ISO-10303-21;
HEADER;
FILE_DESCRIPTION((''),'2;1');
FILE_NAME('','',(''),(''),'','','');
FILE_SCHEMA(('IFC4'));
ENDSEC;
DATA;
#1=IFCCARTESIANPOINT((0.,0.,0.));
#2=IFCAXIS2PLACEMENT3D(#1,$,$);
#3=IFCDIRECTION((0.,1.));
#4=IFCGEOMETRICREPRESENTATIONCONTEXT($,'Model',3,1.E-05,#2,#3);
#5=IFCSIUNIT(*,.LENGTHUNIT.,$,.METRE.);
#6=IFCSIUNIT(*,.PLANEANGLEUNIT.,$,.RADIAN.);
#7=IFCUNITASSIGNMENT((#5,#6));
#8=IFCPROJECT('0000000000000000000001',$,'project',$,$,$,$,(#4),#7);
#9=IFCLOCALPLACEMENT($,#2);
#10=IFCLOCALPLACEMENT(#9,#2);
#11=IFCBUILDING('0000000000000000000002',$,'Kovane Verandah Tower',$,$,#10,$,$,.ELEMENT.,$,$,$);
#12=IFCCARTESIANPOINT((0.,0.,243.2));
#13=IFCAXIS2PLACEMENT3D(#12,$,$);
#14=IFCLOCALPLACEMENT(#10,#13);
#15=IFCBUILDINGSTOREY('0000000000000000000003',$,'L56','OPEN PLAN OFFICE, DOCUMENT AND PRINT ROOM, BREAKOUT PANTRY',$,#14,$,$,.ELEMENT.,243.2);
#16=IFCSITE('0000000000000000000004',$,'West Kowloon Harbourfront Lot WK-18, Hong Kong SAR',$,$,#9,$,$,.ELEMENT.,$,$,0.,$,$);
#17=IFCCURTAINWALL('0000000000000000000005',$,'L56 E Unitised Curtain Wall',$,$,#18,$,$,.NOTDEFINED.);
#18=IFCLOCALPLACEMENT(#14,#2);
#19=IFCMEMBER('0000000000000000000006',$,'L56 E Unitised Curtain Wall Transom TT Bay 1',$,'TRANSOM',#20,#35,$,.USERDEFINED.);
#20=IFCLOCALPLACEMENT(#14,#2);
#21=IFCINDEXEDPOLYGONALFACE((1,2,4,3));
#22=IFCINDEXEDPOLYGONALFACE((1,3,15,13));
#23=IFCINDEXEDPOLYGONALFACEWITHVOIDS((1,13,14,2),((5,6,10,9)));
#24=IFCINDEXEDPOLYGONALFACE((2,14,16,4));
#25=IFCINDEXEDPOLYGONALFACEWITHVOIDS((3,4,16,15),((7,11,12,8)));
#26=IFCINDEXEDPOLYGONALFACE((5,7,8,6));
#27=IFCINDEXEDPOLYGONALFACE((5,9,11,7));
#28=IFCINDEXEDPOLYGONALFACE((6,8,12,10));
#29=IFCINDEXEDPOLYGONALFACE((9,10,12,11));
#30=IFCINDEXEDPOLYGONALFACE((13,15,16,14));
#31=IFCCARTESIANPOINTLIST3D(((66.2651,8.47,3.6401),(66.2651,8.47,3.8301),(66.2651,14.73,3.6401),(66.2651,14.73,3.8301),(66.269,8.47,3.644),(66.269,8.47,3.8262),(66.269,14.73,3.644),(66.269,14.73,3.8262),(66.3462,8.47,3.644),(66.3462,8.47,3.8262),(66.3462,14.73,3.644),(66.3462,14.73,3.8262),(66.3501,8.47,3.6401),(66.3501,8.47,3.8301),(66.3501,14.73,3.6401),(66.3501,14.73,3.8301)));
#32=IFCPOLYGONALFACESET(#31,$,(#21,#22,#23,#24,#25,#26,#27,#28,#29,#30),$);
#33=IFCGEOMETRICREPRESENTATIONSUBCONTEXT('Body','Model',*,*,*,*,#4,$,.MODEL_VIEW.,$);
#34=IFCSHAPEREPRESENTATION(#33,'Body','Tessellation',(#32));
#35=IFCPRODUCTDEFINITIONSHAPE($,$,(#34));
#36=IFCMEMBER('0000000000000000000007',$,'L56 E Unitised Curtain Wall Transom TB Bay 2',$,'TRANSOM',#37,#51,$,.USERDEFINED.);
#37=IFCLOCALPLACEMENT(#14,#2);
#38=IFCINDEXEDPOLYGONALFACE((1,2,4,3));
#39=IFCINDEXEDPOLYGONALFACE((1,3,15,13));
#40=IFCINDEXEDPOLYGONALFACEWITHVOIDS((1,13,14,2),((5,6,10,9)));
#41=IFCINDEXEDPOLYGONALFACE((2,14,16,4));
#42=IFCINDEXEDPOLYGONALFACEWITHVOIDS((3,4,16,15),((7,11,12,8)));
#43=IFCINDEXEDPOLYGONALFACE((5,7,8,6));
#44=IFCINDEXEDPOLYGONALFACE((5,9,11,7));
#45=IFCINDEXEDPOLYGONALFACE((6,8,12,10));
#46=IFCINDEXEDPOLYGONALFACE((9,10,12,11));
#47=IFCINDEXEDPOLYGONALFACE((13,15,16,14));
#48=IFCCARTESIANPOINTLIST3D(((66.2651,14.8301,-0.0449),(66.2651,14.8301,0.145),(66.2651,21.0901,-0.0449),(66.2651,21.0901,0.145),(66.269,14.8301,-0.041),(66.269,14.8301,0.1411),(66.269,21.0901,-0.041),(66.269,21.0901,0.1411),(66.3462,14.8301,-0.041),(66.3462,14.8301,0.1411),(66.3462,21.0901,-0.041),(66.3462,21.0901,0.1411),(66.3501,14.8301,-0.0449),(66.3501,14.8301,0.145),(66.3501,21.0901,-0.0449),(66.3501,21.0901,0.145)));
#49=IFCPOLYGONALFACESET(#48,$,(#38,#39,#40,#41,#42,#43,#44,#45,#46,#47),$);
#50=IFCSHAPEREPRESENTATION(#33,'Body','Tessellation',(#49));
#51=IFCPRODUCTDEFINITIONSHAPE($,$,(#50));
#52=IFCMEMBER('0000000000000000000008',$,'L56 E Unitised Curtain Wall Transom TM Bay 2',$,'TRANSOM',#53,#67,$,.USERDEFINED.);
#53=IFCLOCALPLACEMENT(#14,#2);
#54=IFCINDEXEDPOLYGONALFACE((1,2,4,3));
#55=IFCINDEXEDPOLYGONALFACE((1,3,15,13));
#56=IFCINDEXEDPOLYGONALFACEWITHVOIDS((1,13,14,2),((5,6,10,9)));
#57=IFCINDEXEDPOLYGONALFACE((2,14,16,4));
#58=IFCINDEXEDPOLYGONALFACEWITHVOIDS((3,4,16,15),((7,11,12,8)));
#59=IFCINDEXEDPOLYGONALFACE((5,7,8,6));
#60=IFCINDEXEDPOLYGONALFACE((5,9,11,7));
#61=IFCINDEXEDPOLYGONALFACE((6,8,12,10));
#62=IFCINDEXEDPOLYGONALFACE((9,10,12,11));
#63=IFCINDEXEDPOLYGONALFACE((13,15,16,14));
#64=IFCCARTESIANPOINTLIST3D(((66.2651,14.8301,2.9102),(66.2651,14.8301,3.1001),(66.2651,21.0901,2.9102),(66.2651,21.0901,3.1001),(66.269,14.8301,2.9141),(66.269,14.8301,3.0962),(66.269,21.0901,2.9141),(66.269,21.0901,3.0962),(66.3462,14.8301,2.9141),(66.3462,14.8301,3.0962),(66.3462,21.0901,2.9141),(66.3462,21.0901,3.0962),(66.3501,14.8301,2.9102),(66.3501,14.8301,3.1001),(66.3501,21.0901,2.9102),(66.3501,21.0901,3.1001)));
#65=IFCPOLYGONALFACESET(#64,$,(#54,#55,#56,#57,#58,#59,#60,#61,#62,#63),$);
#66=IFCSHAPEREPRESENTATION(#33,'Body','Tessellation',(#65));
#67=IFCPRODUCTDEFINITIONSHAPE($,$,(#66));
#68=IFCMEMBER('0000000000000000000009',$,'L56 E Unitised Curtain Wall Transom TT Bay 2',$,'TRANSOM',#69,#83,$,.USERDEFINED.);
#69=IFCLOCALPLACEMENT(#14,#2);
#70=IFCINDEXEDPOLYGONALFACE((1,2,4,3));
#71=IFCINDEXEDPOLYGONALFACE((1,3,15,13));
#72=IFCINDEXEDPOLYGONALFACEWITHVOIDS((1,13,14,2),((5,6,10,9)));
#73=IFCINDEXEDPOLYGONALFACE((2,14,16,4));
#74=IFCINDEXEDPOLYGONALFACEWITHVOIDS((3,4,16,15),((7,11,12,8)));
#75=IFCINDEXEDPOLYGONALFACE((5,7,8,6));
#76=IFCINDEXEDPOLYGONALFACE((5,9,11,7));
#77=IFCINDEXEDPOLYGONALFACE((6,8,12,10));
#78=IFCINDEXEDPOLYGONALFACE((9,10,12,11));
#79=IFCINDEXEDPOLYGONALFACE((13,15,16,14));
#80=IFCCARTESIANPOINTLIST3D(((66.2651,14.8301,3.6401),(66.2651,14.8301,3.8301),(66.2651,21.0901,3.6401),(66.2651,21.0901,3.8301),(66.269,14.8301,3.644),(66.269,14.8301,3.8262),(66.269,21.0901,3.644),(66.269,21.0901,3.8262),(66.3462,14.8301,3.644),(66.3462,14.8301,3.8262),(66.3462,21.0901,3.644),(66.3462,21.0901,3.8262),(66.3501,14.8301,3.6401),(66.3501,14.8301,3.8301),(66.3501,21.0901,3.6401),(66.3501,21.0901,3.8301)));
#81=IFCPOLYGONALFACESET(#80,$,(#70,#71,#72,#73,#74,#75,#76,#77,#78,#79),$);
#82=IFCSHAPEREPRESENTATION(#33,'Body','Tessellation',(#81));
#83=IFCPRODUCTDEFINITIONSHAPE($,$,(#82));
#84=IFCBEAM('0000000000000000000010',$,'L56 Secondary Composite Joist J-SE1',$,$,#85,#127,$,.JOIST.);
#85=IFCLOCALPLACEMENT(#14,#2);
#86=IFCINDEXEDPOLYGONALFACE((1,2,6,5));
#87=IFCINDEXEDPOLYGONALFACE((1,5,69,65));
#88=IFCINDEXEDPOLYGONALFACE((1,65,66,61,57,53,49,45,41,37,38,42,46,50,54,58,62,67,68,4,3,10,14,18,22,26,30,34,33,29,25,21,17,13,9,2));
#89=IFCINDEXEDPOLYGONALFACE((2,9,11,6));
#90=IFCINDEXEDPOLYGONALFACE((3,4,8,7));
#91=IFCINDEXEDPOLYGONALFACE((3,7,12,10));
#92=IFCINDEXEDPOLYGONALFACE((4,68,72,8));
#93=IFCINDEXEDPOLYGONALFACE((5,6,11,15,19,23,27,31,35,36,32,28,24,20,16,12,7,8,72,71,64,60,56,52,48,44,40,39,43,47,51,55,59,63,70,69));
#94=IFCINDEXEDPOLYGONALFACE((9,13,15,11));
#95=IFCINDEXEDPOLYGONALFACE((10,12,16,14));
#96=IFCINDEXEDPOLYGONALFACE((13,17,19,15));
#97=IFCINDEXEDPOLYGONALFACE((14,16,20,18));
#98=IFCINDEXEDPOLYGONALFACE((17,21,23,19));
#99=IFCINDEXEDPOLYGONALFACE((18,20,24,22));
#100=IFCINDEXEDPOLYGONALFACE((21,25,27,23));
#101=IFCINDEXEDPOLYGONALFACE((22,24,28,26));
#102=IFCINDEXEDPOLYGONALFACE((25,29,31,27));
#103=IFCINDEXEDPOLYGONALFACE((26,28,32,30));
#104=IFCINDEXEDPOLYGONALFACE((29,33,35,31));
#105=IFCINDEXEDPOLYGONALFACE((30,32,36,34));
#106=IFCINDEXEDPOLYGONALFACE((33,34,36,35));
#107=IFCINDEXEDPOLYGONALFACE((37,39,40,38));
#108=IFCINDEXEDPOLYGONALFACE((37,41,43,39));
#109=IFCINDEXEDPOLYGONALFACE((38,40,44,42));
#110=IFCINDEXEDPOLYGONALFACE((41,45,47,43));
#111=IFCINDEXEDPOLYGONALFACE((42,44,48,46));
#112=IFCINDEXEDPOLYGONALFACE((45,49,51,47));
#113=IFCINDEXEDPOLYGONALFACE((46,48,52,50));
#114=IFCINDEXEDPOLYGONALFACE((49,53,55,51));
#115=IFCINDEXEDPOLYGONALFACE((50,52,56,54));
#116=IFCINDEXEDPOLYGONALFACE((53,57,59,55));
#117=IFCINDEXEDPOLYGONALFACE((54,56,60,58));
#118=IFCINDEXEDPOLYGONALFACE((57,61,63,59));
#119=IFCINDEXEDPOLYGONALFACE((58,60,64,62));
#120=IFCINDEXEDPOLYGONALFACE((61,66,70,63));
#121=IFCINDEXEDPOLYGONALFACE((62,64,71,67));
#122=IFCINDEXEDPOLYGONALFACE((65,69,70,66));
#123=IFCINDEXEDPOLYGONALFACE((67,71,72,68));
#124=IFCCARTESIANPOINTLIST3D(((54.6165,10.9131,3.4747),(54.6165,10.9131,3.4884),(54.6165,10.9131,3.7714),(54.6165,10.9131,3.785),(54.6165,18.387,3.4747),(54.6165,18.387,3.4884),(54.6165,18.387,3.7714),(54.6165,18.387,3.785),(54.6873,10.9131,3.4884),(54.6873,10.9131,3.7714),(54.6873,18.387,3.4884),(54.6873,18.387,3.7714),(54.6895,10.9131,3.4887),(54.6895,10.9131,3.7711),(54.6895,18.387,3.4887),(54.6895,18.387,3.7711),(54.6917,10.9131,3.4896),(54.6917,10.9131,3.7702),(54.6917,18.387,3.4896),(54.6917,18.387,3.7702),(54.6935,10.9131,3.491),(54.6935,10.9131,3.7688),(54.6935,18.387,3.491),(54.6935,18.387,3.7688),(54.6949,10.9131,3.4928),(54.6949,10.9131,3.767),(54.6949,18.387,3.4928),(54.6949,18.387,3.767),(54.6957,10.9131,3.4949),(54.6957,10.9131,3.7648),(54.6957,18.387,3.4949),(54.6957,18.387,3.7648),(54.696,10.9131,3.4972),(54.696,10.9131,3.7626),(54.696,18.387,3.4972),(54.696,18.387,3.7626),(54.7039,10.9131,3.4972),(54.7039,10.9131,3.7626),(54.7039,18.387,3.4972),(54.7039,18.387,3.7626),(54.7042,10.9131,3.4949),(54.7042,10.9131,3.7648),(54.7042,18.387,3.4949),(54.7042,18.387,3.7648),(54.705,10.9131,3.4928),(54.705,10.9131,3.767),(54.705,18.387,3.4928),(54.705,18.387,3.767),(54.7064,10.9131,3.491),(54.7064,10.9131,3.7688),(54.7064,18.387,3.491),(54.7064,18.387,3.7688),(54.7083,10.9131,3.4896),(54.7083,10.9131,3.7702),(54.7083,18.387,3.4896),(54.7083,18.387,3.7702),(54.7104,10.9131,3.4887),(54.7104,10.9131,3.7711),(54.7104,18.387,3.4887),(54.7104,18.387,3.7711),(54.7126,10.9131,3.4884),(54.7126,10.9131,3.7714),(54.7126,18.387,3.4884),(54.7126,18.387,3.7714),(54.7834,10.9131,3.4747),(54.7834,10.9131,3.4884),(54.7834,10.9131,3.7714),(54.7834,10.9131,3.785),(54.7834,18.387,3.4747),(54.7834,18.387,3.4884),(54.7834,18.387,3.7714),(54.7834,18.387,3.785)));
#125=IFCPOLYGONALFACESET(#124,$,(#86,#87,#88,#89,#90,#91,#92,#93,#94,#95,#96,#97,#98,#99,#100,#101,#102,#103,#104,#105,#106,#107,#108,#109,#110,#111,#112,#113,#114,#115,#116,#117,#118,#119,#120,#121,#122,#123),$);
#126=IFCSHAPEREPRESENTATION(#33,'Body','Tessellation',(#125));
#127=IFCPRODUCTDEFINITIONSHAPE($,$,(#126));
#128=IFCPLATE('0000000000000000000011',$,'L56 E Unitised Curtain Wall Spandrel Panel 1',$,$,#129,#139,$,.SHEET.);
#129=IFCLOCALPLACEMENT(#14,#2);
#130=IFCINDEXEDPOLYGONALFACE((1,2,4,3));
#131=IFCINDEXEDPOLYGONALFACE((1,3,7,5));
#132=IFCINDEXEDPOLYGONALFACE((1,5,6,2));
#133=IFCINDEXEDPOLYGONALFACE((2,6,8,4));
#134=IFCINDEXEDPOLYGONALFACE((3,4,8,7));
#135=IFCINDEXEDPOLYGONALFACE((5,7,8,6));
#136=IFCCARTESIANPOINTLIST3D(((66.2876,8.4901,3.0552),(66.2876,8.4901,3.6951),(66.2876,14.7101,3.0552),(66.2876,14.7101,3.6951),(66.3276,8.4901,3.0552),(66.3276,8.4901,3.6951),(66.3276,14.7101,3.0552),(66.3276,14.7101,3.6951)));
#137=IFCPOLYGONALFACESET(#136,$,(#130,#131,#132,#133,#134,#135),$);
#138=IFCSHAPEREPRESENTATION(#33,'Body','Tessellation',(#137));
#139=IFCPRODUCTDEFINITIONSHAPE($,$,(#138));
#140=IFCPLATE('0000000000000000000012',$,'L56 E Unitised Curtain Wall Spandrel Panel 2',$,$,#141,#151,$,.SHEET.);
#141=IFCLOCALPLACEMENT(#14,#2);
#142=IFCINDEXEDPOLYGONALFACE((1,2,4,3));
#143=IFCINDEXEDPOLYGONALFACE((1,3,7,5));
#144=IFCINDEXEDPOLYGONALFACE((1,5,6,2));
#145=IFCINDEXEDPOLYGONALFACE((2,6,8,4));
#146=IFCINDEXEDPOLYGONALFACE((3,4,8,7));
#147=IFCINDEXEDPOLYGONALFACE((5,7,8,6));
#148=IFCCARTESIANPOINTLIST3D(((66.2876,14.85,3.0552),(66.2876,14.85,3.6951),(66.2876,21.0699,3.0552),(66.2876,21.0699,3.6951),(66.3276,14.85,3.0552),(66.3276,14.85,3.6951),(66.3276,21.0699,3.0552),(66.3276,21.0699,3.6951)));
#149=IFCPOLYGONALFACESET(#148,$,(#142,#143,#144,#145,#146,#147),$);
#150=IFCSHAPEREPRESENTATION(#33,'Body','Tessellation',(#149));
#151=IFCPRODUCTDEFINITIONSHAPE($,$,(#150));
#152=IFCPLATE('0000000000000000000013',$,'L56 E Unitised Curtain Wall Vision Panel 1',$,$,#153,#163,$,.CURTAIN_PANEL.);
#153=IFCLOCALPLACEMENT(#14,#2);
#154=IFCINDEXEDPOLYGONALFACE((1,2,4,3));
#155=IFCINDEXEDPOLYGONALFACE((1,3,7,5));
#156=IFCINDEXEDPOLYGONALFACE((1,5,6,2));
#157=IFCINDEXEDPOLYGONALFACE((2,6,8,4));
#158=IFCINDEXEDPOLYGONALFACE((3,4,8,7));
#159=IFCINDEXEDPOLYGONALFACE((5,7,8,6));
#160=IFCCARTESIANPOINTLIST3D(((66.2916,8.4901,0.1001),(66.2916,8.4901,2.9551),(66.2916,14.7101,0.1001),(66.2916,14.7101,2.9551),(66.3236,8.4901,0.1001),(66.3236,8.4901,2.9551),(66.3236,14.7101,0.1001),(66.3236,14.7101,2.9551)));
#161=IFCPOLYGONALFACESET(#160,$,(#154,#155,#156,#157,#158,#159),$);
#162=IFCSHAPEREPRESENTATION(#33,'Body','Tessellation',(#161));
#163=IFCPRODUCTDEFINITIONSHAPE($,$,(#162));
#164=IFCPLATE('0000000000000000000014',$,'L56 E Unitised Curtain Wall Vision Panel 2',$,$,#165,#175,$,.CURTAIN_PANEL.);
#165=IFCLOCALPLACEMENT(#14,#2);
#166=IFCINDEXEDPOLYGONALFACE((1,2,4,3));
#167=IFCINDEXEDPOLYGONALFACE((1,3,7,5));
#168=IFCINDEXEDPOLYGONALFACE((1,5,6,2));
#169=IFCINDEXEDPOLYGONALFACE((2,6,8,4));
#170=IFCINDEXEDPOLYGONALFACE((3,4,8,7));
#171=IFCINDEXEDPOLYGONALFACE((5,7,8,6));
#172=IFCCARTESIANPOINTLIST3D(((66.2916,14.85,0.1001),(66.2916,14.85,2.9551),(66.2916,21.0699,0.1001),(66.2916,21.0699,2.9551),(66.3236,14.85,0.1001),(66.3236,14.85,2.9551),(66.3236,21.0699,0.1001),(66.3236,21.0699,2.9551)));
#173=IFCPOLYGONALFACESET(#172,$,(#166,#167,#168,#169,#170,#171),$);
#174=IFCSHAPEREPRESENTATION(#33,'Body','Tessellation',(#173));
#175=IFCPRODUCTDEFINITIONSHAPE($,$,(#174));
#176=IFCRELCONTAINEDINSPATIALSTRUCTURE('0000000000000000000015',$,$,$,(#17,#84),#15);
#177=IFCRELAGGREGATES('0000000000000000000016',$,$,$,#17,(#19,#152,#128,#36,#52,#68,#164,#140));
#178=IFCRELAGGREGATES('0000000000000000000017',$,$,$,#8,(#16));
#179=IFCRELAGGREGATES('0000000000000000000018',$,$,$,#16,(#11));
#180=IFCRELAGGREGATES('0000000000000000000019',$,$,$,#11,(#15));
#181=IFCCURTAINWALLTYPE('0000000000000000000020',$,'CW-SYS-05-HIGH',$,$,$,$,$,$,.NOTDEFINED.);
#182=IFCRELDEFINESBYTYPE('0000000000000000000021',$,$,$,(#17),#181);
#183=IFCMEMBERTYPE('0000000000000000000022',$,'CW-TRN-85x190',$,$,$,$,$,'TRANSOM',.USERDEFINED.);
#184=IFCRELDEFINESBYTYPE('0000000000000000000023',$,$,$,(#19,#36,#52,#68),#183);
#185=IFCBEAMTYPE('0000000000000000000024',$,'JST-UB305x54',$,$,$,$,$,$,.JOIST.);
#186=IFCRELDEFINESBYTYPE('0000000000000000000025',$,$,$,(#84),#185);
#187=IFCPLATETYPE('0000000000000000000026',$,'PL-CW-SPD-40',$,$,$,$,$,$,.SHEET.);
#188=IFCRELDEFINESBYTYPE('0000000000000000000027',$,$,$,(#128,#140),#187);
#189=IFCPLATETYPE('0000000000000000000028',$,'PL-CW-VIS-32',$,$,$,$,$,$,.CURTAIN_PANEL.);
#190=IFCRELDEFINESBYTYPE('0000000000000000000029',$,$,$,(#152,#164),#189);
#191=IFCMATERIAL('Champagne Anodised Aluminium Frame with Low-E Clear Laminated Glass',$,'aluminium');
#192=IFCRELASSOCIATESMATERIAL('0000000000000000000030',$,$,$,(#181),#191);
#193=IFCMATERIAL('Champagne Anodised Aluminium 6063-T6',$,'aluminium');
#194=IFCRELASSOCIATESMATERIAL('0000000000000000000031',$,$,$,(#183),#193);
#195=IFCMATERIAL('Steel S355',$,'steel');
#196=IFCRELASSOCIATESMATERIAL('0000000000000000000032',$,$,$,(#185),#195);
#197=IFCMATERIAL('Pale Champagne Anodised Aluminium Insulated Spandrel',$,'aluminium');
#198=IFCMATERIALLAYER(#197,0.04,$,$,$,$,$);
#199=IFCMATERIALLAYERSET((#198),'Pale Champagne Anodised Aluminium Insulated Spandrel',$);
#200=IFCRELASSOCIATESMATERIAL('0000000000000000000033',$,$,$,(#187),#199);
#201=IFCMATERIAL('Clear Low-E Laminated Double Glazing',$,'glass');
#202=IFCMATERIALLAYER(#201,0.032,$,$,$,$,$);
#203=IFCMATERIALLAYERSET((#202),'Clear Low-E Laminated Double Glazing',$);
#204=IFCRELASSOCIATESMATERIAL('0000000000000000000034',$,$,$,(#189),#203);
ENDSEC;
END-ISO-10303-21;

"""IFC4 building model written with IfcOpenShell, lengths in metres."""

from ifc_helpers import new_model, si_unit, direction, frame, origin, origin_2d, place, context, subcontext, project, spatial, rectangle, hollow_rectangle, i_section, extrude, material, layer, layer_set, material_profile, profile_set, type_object, element, aggregate, save


model = new_model("IFC4")

# Units and contexts
model_context = context("Model", 3, precision=1e-05, world=origin(), true_north=direction((0.0, 1.0)))
body_context = subcontext(model_context, "Body", "Model", "MODEL_VIEW")
ifc_project = project(units=[si_unit("LENGTHUNIT", "METRE"), si_unit("PLANEANGLEUNIT", "RADIAN")], contexts=[model_context])

# Site, building, storey
site_placement = place(None, origin())
site = spatial("IfcSite", under=ifc_project, at=site_placement, Name="West Kowloon Harbourfront Lot WK-18, Hong Kong SAR", CompositionType="ELEMENT", RefElevation=0.0)
building_placement = place(site_placement, origin())
building = spatial("IfcBuilding", under=site, at=building_placement, Name="Kovane Verandah Tower", CompositionType="ELEMENT")
storey_placement = place(building_placement, frame((0.0, 0.0, 243.2)))
storey = spatial("IfcBuildingStorey", under=building, at=storey_placement, Name="L56", Description="OPEN PLAN OFFICE, DOCUMENT AND PRINT ROOM, BREAKOUT PANTRY", CompositionType="ELEMENT", Elevation=243.2)

# Shared definitions
ifc_material_1 = material(Name="Steel S355", Category="steel")

# Curtain wall, members
ifc_material_2 = material(Name="Champagne Anodised Aluminium Frame with Low-E Clear Laminated Glass", Category="aluminium")
curtain_wall_type = type_object("IfcCurtainWallType", Name="CW-SYS-05-HIGH", PredefinedType="NOTDEFINED", material=ifc_material_2)
curtain_wall_placement = place(storey_placement, origin())
curtain_wall = element("IfcCurtainWall", 1, at=curtain_wall_placement, inside=storey, type_object=curtain_wall_type, Name="L56 E Unitised Curtain Wall", PredefinedType="NOTDEFINED")
ifc_material_3 = material(Name="Champagne Anodised Aluminium 6063-T6", Category="aluminium")
ifc_material_profile_1 = material_profile(ifc_material_3, hollow_rectangle(XDim=0.085, YDim=0.1899, WallThickness=0.0039, at=origin_2d()), Name="AL85x190x4")
ifc_profile_set_1 = profile_set([ifc_material_profile_1], Name="Champagne Anodised Aluminium 6063-T6")
member_type_1 = type_object("IfcMemberType", Name="CW-TRN-85x190", ElementType="TRANSOM", PredefinedType="USERDEFINED", material=ifc_profile_set_1)
member_1_placement = place(storey_placement, frame((66.3076, 8.47, 3.7351), z_axis=(0.0, 1.0, 0.0), x_axis=(-1.0, 0.0, 0.0)))
member_1 = element("IfcMember", 2, at=member_1_placement, type_object=member_type_1, Name="L56 E Unitised Curtain Wall Transom TT Bay 1", ObjectType="TRANSOM", PredefinedType="USERDEFINED", context=body_context, shape_type="SweptSolid", body=[
    extrude(hollow_rectangle(XDim=0.085, YDim=0.1899, WallThickness=0.0039, at=origin_2d()), origin(), (0.0, 0.0, 1.0), 6.26),
])
member_2_placement = place(storey_placement, frame((66.3076, 14.8301, 0.05), z_axis=(0.0, 1.0, 0.0), x_axis=(-1.0, 0.0, 0.0)))
member_2 = element("IfcMember", 3, at=member_2_placement, type_object=member_type_1, Name="L56 E Unitised Curtain Wall Transom TB Bay 2", ObjectType="TRANSOM", PredefinedType="USERDEFINED", context=body_context, shape_type="SweptSolid", body=[
    extrude(hollow_rectangle(XDim=0.085, YDim=0.1899, WallThickness=0.0039, at=origin_2d()), origin(), (0.0, 0.0, 1.0), 6.26),
])
member_3_placement = place(storey_placement, frame((66.3076, 14.8301, 3.0051), z_axis=(0.0, 1.0, 0.0), x_axis=(-1.0, 0.0, 0.0)))
member_3 = element("IfcMember", 4, at=member_3_placement, type_object=member_type_1, Name="L56 E Unitised Curtain Wall Transom TM Bay 2", ObjectType="TRANSOM", PredefinedType="USERDEFINED", context=body_context, shape_type="SweptSolid", body=[
    extrude(hollow_rectangle(XDim=0.085, YDim=0.1899, WallThickness=0.0039, at=origin_2d()), origin(), (0.0, 0.0, 1.0), 6.26),
])
member_4_placement = place(storey_placement, frame((66.3076, 14.8301, 3.7351), z_axis=(0.0, 1.0, 0.0), x_axis=(-1.0, 0.0, 0.0)))
member_4 = element("IfcMember", 5, at=member_4_placement, type_object=member_type_1, Name="L56 E Unitised Curtain Wall Transom TT Bay 2", ObjectType="TRANSOM", PredefinedType="USERDEFINED", context=body_context, shape_type="SweptSolid", body=[
    extrude(hollow_rectangle(XDim=0.085, YDim=0.1899, WallThickness=0.0039, at=origin_2d()), origin(), (0.0, 0.0, 1.0), 6.26),
])

# Beam
ifc_material_profile_2 = material_profile(ifc_material_1, i_section(OverallWidth=0.167, OverallDepth=0.3103, WebThickness=0.0078, FlangeThickness=0.0137, FilletRadius=0.0088, at=origin_2d()), Name="UB305x165x54")
ifc_profile_set_2 = profile_set([ifc_material_profile_2], Name="Steel S355")
beam_type_1 = type_object("IfcBeamType", Name="JST-UB305x54", PredefinedType="JOIST", material=ifc_profile_set_2)
beam_1_placement = place(storey_placement, frame((54.7, 10.9131, 3.6299), z_axis=(0.0, 1.0, 0.0), x_axis=(-1.0, 0.0, 0.0)))
element("IfcBeam", 6, at=beam_1_placement, inside=storey, type_object=beam_type_1, Name="L56 Secondary Composite Joist J-SE1", PredefinedType="JOIST", context=body_context, shape_type="SweptSolid", body=[
    extrude(i_section(OverallWidth=0.167, OverallDepth=0.3103, WebThickness=0.0078, FlangeThickness=0.0137, FilletRadius=0.0088, at=origin_2d()), origin(), (0.0, 0.0, 1.0), 7.4739),
])

# Plates
ifc_material_4 = material(Name="Pale Champagne Anodised Aluminium Insulated Spandrel", Category="aluminium")
ifc_layer_1 = layer(ifc_material_4, 0.04)
ifc_layer_set_1 = layer_set([ifc_layer_1], Name="Pale Champagne Anodised Aluminium Insulated Spandrel")
plate_type_1 = type_object("IfcPlateType", Name="PL-CW-SPD-40", PredefinedType="SHEET", material=ifc_layer_set_1)
plate_1_placement = place(storey_placement, frame((66.3076, 11.6001, 3.0552), z_axis=(0.0, 0.0, 1.0), x_axis=(0.0, 1.0, 0.0)))
plate_1 = element("IfcPlate", 7, at=plate_1_placement, type_object=plate_type_1, Name="L56 E Unitised Curtain Wall Spandrel Panel 1", PredefinedType="SHEET", context=body_context, shape_type="SweptSolid", body=[
    extrude(rectangle(XDim=6.22, YDim=0.04, at=origin_2d()), origin(), (0.0, 0.0, 1.0), 0.6399),
])
plate_2_placement = place(storey_placement, frame((66.3076, 17.96, 3.0552), z_axis=(0.0, 0.0, 1.0), x_axis=(0.0, 1.0, 0.0)))
plate_2 = element("IfcPlate", 8, at=plate_2_placement, type_object=plate_type_1, Name="L56 E Unitised Curtain Wall Spandrel Panel 2", PredefinedType="SHEET", context=body_context, shape_type="SweptSolid", body=[
    extrude(rectangle(XDim=6.22, YDim=0.04, at=origin_2d()), origin(), (0.0, 0.0, 1.0), 0.6399),
])
ifc_material_5 = material(Name="Clear Low-E Laminated Double Glazing", Category="glass")
ifc_layer_2 = layer(ifc_material_5, 0.032)
ifc_layer_set_2 = layer_set([ifc_layer_2], Name="Clear Low-E Laminated Double Glazing")
plate_type_2 = type_object("IfcPlateType", Name="PL-CW-VIS-32", PredefinedType="CURTAIN_PANEL", material=ifc_layer_set_2)
plate_3_placement = place(storey_placement, frame((66.3076, 11.6001, 0.1001), z_axis=(0.0, 0.0, 1.0), x_axis=(0.0, 1.0, 0.0)))
plate_3 = element("IfcPlate", 9, at=plate_3_placement, type_object=plate_type_2, Name="L56 E Unitised Curtain Wall Vision Panel 1", PredefinedType="CURTAIN_PANEL", context=body_context, shape_type="SweptSolid", body=[
    extrude(rectangle(XDim=6.22, YDim=0.032, at=origin_2d()), origin(), (0.0, 0.0, 1.0), 2.855),
])
plate_4_placement = place(storey_placement, frame((66.3076, 17.96, 0.1001), z_axis=(0.0, 0.0, 1.0), x_axis=(0.0, 1.0, 0.0)))
plate_4 = element("IfcPlate", 10, at=plate_4_placement, type_object=plate_type_2, Name="L56 E Unitised Curtain Wall Vision Panel 2", PredefinedType="CURTAIN_PANEL", context=body_context, shape_type="SweptSolid", body=[
    extrude(rectangle(XDim=6.22, YDim=0.032, at=origin_2d()), origin(), (0.0, 0.0, 1.0), 2.855),
])
aggregate(curtain_wall, [member_1, plate_3, plate_1, member_2, member_3, member_4, plate_4, plate_2])

save(model, "model.ifc")
